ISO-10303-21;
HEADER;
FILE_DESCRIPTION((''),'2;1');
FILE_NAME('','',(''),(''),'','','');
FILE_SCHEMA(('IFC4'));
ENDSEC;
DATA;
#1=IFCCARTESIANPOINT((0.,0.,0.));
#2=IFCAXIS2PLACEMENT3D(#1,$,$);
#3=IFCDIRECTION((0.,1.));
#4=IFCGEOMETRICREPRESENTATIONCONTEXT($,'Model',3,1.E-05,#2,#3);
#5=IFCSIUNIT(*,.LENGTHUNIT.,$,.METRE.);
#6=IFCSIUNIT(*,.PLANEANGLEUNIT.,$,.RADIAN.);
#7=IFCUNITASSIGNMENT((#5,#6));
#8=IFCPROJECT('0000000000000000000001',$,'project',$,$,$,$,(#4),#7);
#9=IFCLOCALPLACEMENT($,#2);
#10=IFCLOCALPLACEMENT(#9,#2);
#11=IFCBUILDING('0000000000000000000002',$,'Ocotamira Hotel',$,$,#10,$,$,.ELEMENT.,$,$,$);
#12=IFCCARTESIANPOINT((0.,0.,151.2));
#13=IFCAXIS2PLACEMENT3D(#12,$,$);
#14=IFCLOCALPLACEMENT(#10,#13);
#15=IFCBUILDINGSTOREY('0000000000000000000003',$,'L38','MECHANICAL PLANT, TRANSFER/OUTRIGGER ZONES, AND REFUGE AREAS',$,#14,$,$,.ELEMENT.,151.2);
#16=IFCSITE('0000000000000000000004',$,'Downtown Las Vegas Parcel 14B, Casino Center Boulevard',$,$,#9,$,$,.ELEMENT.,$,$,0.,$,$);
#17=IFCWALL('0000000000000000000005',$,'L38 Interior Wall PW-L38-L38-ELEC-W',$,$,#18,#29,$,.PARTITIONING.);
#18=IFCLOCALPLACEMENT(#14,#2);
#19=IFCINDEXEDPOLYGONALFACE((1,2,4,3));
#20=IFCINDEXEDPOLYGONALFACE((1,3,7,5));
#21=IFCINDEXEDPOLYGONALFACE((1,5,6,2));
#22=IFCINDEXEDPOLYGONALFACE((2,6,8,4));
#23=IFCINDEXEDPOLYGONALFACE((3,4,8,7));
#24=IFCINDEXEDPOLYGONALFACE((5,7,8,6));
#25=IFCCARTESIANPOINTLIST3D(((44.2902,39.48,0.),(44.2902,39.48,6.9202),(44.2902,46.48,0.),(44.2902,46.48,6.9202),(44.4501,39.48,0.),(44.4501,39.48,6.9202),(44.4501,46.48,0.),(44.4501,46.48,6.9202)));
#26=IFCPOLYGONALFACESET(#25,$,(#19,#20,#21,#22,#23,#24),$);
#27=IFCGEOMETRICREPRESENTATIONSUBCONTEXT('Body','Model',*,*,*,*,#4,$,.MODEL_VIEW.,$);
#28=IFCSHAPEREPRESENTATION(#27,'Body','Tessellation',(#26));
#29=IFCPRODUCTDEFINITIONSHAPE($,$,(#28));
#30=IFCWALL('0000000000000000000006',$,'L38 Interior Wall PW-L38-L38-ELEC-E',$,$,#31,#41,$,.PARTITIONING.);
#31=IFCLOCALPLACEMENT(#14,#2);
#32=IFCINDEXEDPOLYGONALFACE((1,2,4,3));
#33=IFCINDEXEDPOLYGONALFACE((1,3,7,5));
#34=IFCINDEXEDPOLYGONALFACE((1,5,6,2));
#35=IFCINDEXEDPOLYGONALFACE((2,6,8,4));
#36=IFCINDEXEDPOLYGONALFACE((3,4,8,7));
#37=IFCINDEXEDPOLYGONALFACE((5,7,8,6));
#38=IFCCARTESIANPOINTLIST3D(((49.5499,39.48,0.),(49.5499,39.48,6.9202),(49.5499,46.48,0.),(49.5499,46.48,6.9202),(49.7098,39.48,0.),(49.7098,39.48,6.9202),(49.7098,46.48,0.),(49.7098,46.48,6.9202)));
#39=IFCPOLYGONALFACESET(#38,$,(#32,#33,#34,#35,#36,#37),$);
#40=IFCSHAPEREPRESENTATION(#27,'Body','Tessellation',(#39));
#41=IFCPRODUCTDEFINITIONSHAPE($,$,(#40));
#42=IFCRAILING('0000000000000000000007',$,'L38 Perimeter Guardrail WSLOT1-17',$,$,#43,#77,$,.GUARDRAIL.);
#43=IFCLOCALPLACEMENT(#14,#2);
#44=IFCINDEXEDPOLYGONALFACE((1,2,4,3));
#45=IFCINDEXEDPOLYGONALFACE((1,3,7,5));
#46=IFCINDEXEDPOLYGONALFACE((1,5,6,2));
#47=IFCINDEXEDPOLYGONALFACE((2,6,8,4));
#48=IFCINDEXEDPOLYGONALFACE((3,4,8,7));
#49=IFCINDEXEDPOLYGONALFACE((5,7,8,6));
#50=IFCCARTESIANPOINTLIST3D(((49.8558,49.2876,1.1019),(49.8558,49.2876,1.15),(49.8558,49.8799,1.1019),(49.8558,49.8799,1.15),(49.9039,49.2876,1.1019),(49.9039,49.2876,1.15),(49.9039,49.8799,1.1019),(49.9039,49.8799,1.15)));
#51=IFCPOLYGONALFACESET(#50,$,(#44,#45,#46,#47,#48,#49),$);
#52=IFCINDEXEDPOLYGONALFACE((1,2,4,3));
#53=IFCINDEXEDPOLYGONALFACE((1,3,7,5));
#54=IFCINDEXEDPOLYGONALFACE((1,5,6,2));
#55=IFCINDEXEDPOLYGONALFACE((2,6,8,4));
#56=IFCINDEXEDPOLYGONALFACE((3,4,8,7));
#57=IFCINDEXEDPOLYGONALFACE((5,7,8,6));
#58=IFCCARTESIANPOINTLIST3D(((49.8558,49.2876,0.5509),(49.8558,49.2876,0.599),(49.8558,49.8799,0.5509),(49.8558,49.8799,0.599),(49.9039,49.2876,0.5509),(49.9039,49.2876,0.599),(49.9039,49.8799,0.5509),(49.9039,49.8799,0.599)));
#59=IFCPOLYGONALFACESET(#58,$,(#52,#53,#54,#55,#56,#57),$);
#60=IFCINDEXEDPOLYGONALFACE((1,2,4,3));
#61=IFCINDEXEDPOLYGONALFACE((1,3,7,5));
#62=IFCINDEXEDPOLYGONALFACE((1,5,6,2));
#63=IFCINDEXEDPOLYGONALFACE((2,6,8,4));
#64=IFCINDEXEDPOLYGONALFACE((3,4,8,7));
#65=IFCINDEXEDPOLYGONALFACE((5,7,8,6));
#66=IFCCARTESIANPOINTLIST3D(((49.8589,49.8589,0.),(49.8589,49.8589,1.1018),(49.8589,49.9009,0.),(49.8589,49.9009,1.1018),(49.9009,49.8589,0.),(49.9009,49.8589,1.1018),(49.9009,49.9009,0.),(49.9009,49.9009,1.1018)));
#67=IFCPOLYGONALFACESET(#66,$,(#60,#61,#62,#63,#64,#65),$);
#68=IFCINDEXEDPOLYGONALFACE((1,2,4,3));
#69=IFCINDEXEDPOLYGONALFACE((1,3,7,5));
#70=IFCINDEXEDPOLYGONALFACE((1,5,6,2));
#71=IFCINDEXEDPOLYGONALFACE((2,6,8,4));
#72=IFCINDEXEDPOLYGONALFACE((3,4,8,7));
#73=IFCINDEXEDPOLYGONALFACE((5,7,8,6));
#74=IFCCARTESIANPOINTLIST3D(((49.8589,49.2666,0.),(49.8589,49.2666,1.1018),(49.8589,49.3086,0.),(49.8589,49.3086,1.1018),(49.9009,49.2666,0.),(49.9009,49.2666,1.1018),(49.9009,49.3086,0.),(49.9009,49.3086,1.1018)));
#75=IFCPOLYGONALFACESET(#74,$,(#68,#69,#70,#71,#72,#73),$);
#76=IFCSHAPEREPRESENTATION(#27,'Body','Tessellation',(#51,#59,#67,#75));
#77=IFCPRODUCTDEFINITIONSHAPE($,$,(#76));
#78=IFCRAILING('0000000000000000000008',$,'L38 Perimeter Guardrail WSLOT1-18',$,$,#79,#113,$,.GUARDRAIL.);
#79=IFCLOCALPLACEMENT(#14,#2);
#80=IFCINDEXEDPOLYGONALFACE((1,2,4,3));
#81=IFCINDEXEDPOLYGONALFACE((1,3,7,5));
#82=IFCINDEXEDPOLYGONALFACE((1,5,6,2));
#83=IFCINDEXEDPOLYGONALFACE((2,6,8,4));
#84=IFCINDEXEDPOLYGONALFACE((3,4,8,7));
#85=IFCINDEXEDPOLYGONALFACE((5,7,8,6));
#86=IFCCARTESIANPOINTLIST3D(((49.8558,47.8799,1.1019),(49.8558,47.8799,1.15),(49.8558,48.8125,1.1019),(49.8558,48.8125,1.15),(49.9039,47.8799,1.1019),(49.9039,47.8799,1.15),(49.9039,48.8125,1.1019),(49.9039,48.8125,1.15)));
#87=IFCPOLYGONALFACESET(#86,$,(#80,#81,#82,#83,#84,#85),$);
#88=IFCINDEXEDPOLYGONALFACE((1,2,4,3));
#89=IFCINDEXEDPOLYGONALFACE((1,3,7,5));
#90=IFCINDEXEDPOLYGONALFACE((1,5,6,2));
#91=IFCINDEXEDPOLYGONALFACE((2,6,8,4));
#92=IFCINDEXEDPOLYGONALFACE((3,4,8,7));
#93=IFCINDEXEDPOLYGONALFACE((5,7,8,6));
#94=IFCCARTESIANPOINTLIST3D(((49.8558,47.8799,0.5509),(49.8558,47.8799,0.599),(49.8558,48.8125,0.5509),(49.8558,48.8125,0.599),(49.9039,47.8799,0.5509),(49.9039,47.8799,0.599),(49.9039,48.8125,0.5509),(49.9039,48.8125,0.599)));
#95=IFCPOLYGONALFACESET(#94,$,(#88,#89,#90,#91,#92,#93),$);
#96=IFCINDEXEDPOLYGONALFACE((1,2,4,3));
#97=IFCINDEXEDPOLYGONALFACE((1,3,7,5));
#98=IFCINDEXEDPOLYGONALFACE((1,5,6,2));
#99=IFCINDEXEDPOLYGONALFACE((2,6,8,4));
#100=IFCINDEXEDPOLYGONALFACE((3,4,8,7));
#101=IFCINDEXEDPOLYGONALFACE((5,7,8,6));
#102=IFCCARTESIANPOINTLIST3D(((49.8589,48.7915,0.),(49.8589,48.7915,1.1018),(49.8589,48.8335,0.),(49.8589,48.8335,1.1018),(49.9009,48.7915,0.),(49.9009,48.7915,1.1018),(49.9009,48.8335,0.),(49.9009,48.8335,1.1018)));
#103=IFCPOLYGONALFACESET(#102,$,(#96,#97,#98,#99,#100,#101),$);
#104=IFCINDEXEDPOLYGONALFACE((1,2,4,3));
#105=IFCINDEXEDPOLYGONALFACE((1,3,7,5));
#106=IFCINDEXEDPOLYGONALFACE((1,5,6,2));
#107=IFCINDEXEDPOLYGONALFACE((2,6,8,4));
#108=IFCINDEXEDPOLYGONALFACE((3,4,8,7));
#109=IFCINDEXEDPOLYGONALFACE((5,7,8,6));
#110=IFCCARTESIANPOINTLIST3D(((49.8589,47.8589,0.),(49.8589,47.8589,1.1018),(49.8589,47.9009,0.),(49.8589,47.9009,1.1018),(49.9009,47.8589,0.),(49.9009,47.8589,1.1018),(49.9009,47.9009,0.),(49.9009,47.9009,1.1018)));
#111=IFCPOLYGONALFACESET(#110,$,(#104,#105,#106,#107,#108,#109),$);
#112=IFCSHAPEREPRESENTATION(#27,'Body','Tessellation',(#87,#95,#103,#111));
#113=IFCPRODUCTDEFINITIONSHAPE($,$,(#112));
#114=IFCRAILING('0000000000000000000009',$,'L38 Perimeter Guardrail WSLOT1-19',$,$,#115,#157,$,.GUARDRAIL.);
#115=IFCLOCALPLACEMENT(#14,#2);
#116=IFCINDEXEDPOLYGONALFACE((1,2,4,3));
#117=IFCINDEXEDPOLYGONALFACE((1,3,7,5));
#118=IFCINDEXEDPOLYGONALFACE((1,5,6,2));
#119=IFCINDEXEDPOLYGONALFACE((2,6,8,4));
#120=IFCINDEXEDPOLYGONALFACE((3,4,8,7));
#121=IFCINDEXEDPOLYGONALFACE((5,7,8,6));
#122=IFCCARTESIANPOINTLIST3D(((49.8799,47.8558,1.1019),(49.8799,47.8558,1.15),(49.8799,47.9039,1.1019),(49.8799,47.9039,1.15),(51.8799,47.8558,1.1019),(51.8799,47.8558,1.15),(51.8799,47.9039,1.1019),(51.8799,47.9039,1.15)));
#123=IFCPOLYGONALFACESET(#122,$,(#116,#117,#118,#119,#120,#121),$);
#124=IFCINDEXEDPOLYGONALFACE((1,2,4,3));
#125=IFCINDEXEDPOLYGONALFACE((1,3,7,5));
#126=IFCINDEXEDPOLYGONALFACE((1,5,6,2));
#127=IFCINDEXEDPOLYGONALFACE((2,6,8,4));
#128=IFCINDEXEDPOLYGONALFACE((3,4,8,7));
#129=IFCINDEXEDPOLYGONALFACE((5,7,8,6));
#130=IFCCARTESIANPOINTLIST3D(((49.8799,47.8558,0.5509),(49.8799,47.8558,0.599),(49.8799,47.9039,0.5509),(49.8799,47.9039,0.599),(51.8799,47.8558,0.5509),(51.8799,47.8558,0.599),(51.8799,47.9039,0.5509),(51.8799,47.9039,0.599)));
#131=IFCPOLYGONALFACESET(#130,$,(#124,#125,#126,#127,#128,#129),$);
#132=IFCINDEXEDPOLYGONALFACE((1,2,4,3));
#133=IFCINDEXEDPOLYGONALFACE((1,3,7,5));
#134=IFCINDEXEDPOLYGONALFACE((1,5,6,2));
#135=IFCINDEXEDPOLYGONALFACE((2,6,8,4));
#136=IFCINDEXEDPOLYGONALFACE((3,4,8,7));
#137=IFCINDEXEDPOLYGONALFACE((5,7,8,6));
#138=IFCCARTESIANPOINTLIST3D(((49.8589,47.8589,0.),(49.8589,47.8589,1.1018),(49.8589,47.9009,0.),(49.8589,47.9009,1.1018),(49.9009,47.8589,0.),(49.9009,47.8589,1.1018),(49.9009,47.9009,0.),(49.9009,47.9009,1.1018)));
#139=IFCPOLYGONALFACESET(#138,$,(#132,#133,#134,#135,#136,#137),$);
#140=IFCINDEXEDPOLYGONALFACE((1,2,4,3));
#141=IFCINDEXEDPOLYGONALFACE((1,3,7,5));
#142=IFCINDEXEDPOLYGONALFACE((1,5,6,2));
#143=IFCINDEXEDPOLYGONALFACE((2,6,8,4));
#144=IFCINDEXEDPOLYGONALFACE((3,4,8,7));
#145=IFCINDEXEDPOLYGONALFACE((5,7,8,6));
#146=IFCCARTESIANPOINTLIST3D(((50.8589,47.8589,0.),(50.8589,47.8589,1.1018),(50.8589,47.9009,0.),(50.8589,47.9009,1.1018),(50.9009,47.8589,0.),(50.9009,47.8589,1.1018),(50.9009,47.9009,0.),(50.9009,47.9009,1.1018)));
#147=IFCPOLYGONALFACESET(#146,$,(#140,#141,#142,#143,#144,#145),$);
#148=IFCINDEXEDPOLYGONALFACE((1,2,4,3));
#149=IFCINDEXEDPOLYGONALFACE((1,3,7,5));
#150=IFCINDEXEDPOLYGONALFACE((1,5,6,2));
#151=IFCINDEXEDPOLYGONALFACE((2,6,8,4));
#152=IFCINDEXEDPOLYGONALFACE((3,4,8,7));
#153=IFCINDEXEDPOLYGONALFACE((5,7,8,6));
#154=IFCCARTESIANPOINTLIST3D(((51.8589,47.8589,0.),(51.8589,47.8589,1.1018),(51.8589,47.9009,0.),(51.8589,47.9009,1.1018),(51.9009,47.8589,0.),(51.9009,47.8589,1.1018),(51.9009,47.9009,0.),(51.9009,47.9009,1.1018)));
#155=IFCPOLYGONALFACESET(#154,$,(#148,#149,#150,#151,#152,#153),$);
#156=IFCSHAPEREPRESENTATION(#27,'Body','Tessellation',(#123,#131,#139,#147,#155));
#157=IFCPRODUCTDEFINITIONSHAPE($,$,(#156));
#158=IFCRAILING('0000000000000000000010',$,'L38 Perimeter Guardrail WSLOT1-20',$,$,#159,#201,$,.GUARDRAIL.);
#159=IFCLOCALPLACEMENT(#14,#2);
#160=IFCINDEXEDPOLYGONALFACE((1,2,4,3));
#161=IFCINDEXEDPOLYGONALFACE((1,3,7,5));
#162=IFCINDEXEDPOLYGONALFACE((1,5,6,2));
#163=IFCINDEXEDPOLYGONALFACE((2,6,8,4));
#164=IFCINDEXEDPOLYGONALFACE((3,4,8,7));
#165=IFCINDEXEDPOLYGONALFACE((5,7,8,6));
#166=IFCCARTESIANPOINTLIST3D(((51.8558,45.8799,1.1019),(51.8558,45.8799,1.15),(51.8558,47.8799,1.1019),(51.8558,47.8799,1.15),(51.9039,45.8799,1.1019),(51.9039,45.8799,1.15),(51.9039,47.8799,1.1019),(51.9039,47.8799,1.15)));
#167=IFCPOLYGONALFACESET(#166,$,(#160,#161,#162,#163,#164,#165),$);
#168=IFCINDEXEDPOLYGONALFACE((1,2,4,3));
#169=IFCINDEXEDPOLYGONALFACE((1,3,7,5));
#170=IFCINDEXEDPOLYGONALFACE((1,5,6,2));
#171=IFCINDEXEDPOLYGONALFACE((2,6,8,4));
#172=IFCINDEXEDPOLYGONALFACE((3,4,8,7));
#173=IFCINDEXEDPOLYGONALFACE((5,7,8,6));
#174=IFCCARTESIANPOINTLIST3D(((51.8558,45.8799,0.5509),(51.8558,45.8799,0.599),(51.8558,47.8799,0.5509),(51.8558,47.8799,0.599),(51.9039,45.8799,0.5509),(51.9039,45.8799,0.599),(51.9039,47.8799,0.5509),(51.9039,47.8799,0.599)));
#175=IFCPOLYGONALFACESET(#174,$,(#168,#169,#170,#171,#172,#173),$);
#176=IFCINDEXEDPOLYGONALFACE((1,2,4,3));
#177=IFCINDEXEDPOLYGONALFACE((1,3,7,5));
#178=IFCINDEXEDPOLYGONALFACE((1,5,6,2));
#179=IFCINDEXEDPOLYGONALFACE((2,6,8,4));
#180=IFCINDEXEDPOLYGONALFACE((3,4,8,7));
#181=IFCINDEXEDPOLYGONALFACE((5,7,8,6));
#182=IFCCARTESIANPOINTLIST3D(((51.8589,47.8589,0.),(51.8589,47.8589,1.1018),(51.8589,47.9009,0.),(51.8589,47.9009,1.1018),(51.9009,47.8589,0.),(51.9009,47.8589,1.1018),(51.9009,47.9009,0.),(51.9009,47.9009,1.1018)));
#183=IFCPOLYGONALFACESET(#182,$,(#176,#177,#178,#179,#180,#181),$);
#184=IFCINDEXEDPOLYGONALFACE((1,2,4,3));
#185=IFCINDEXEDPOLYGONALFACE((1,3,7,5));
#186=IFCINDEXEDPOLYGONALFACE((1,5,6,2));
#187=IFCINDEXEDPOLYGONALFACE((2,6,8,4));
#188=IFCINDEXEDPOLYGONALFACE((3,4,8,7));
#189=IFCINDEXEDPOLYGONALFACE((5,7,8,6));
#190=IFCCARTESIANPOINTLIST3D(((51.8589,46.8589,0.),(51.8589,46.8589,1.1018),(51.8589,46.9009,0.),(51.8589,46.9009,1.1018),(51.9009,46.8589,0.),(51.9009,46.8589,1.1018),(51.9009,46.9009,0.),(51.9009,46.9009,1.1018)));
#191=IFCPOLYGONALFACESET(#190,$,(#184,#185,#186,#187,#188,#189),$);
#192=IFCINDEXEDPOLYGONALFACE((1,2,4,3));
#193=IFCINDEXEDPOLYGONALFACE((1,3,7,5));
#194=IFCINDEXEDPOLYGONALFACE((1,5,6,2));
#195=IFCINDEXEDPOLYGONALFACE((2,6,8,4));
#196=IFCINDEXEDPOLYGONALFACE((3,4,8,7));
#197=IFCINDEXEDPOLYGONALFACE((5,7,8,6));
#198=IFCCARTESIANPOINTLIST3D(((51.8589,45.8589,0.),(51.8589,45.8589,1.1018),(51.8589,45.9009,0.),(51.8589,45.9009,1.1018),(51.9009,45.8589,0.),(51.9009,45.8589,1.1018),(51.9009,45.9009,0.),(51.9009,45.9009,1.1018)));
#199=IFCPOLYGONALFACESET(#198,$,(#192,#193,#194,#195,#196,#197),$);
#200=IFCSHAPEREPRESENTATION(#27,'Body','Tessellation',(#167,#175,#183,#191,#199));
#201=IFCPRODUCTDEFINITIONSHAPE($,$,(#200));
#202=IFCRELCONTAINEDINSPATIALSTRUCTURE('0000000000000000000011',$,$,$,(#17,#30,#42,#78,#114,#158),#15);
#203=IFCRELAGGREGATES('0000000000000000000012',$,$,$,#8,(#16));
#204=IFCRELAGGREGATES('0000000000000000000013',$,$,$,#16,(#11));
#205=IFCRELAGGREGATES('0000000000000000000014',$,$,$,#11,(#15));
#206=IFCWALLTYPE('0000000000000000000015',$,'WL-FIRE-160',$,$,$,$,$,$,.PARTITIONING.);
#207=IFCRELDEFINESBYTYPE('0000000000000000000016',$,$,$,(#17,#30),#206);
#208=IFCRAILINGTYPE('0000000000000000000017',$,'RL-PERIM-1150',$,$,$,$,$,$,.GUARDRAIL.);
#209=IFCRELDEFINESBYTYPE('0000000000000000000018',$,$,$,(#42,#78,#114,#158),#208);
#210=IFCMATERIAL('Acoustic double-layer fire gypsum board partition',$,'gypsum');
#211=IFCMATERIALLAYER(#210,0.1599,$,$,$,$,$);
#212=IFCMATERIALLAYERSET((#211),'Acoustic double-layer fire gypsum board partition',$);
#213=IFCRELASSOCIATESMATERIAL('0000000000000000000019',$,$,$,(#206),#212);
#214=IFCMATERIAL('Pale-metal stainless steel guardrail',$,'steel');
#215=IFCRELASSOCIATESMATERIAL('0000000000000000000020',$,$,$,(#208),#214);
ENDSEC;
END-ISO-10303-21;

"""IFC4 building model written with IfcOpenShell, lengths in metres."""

from ifc_helpers import new_model, si_unit, direction, frame, frame_2d, origin, origin_2d, place, context, subcontext, project, spatial, rectangle, extrude, material, layer, layer_set, type_object, element, save


model = new_model("IFC4")

# Units and contexts
model_context = context("Model", 3, precision=1e-05, world=origin(), true_north=direction((0.0, 1.0)))
body_context = subcontext(model_context, "Body", "Model", "MODEL_VIEW")
ifc_project = project(units=[si_unit("LENGTHUNIT", "METRE"), si_unit("PLANEANGLEUNIT", "RADIAN")], contexts=[model_context])

# Site, building, storey
site_placement = place(None, origin())
site = spatial("IfcSite", under=ifc_project, at=site_placement, Name="Downtown Las Vegas Parcel 14B, Casino Center Boulevard", CompositionType="ELEMENT", RefElevation=0.0)
building_placement = place(site_placement, origin())
building = spatial("IfcBuilding", under=site, at=building_placement, Name="Ocotamira Hotel", CompositionType="ELEMENT")
storey_placement = place(building_placement, frame((0.0, 0.0, 151.2)))
storey = spatial("IfcBuildingStorey", under=building, at=storey_placement, Name="L38", Description="MECHANICAL PLANT, TRANSFER/OUTRIGGER ZONES, AND REFUGE AREAS", CompositionType="ELEMENT", Elevation=151.2)

# Shared definitions
ifc_material_1 = material(Name="Acoustic double-layer fire gypsum board partition", Category="gypsum")
ifc_layer_1 = layer(ifc_material_1, 0.1599)
ifc_layer_set_1 = layer_set([ifc_layer_1], Name="Acoustic double-layer fire gypsum board partition")
wall_type = type_object("IfcWallType", Name="WL-FIRE-160", PredefinedType="PARTITIONING", material=ifc_layer_set_1)

# Walls
for number, where, z_axis, x_axis, name in (
    (1, (44.3701, 39.48, 0.0), (0.0, 0.0, 1.0), (0.0, 1.0, 0.0), "L38 Interior Wall PW-L38-L38-ELEC-W"),
    (2, (49.6299, 39.48, 0.0), (0.0, 0.0, 1.0), (0.0, 1.0, 0.0), "L38 Interior Wall PW-L38-L38-ELEC-E"),
):
    element("IfcWall", number, at=place(storey_placement, frame(where, z_axis=z_axis, x_axis=x_axis)), inside=storey, type_object=wall_type, Name=name, PredefinedType="PARTITIONING", context=body_context, shape_type="SweptSolid", body=[
        extrude(rectangle(XDim=7.0, YDim=0.1599, at=frame_2d((3.5, 0.0))), origin(), (0.0, 0.0, 1.0), 6.9202),
    ])

# Railings
ifc_material_2 = material(Name="Pale-metal stainless steel guardrail", Category="steel")
railing_type = type_object("IfcRailingType", Name="RL-PERIM-1150", PredefinedType="GUARDRAIL", material=ifc_material_2)
railing_1_placement = place(storey_placement, frame((49.8799, 49.8799, 0.0)))
element("IfcRailing", 3, at=railing_1_placement, inside=storey, type_object=railing_type, Name="L38 Perimeter Guardrail WSLOT1-17", PredefinedType="GUARDRAIL", context=body_context, shape_type="SweptSolid", body=[
    extrude(rectangle(XDim=0.0481, YDim=0.0481, at=origin_2d()), frame((0.0, 0.0, 1.126), z_axis=(0.0, -1.0, 0.0), x_axis=(1.0, 0.0, 0.0)), (0.0, 0.0, 1.0), 0.5923),
    extrude(rectangle(XDim=0.0481, YDim=0.0481, at=origin_2d()), frame((0.0, 0.0, 0.575), z_axis=(0.0, -1.0, 0.0), x_axis=(1.0, 0.0, 0.0)), (0.0, 0.0, 1.0), 0.5923),
    extrude(rectangle(XDim=0.042, YDim=0.042, at=origin_2d()), origin(), (0.0, 0.0, 1.0), 1.1018),
    extrude(rectangle(XDim=0.042, YDim=0.042, at=origin_2d()), frame((0.0, -0.5923, 0.0)), (0.0, 0.0, 1.0), 1.1018),
])
railing_2_placement = place(storey_placement, frame((49.8799, 48.8125, 0.0)))
element("IfcRailing", 4, at=railing_2_placement, inside=storey, type_object=railing_type, Name="L38 Perimeter Guardrail WSLOT1-18", PredefinedType="GUARDRAIL", context=body_context, shape_type="SweptSolid", body=[
    extrude(rectangle(XDim=0.0481, YDim=0.0481, at=origin_2d()), frame((0.0, 0.0, 1.126), z_axis=(0.0, -1.0, 0.0), x_axis=(1.0, 0.0, 0.0)), (0.0, 0.0, 1.0), 0.9326),
    extrude(rectangle(XDim=0.0481, YDim=0.0481, at=origin_2d()), frame((0.0, 0.0, 0.575), z_axis=(0.0, -1.0, 0.0), x_axis=(1.0, 0.0, 0.0)), (0.0, 0.0, 1.0), 0.9326),
    extrude(rectangle(XDim=0.042, YDim=0.042, at=origin_2d()), origin(), (0.0, 0.0, 1.0), 1.1018),
    extrude(rectangle(XDim=0.042, YDim=0.042, at=origin_2d()), frame((0.0, -0.9326, 0.0)), (0.0, 0.0, 1.0), 1.1018),
])
railing_3_placement = place(storey_placement, frame((49.8799, 47.8799, 0.0)))
element("IfcRailing", 5, at=railing_3_placement, inside=storey, type_object=railing_type, Name="L38 Perimeter Guardrail WSLOT1-19", PredefinedType="GUARDRAIL", context=body_context, shape_type="SweptSolid", body=[
    extrude(rectangle(XDim=0.0481, YDim=0.0481, at=origin_2d()), frame((0.0, 0.0, 1.126), z_axis=(1.0, 0.0, 0.0), x_axis=(0.0, 1.0, 0.0)), (0.0, 0.0, 1.0), 2.0),
    extrude(rectangle(XDim=0.0481, YDim=0.0481, at=origin_2d()), frame((0.0, 0.0, 0.575), z_axis=(1.0, 0.0, 0.0), x_axis=(0.0, 1.0, 0.0)), (0.0, 0.0, 1.0), 2.0),
    extrude(rectangle(XDim=0.042, YDim=0.042, at=origin_2d()), origin(), (0.0, 0.0, 1.0), 1.1018),
    extrude(rectangle(XDim=0.042, YDim=0.042, at=origin_2d()), frame((1.0, 0.0, 0.0)), (0.0, 0.0, 1.0), 1.1018),
    extrude(rectangle(XDim=0.042, YDim=0.042, at=origin_2d()), frame((2.0, 0.0, 0.0)), (0.0, 0.0, 1.0), 1.1018),
])
railing_4_placement = place(storey_placement, frame((51.8799, 47.8799, 0.0)))
element("IfcRailing", 6, at=railing_4_placement, inside=storey, type_object=railing_type, Name="L38 Perimeter Guardrail WSLOT1-20", PredefinedType="GUARDRAIL", context=body_context, shape_type="SweptSolid", body=[
    extrude(rectangle(XDim=0.0481, YDim=0.0481, at=origin_2d()), frame((0.0, 0.0, 1.126), z_axis=(0.0, -1.0, 0.0), x_axis=(1.0, 0.0, 0.0)), (0.0, 0.0, 1.0), 2.0),
    extrude(rectangle(XDim=0.0481, YDim=0.0481, at=origin_2d()), frame((0.0, 0.0, 0.575), z_axis=(0.0, -1.0, 0.0), x_axis=(1.0, 0.0, 0.0)), (0.0, 0.0, 1.0), 2.0),
    extrude(rectangle(XDim=0.042, YDim=0.042, at=origin_2d()), origin(), (0.0, 0.0, 1.0), 1.1018),
    extrude(rectangle(XDim=0.042, YDim=0.042, at=origin_2d()), frame((0.0, -1.0, 0.0)), (0.0, 0.0, 1.0), 1.1018),
    extrude(rectangle(XDim=0.042, YDim=0.042, at=origin_2d()), frame((0.0, -2.0, 0.0)), (0.0, 0.0, 1.0), 1.1018),
])

save(model, "model.ifc")
